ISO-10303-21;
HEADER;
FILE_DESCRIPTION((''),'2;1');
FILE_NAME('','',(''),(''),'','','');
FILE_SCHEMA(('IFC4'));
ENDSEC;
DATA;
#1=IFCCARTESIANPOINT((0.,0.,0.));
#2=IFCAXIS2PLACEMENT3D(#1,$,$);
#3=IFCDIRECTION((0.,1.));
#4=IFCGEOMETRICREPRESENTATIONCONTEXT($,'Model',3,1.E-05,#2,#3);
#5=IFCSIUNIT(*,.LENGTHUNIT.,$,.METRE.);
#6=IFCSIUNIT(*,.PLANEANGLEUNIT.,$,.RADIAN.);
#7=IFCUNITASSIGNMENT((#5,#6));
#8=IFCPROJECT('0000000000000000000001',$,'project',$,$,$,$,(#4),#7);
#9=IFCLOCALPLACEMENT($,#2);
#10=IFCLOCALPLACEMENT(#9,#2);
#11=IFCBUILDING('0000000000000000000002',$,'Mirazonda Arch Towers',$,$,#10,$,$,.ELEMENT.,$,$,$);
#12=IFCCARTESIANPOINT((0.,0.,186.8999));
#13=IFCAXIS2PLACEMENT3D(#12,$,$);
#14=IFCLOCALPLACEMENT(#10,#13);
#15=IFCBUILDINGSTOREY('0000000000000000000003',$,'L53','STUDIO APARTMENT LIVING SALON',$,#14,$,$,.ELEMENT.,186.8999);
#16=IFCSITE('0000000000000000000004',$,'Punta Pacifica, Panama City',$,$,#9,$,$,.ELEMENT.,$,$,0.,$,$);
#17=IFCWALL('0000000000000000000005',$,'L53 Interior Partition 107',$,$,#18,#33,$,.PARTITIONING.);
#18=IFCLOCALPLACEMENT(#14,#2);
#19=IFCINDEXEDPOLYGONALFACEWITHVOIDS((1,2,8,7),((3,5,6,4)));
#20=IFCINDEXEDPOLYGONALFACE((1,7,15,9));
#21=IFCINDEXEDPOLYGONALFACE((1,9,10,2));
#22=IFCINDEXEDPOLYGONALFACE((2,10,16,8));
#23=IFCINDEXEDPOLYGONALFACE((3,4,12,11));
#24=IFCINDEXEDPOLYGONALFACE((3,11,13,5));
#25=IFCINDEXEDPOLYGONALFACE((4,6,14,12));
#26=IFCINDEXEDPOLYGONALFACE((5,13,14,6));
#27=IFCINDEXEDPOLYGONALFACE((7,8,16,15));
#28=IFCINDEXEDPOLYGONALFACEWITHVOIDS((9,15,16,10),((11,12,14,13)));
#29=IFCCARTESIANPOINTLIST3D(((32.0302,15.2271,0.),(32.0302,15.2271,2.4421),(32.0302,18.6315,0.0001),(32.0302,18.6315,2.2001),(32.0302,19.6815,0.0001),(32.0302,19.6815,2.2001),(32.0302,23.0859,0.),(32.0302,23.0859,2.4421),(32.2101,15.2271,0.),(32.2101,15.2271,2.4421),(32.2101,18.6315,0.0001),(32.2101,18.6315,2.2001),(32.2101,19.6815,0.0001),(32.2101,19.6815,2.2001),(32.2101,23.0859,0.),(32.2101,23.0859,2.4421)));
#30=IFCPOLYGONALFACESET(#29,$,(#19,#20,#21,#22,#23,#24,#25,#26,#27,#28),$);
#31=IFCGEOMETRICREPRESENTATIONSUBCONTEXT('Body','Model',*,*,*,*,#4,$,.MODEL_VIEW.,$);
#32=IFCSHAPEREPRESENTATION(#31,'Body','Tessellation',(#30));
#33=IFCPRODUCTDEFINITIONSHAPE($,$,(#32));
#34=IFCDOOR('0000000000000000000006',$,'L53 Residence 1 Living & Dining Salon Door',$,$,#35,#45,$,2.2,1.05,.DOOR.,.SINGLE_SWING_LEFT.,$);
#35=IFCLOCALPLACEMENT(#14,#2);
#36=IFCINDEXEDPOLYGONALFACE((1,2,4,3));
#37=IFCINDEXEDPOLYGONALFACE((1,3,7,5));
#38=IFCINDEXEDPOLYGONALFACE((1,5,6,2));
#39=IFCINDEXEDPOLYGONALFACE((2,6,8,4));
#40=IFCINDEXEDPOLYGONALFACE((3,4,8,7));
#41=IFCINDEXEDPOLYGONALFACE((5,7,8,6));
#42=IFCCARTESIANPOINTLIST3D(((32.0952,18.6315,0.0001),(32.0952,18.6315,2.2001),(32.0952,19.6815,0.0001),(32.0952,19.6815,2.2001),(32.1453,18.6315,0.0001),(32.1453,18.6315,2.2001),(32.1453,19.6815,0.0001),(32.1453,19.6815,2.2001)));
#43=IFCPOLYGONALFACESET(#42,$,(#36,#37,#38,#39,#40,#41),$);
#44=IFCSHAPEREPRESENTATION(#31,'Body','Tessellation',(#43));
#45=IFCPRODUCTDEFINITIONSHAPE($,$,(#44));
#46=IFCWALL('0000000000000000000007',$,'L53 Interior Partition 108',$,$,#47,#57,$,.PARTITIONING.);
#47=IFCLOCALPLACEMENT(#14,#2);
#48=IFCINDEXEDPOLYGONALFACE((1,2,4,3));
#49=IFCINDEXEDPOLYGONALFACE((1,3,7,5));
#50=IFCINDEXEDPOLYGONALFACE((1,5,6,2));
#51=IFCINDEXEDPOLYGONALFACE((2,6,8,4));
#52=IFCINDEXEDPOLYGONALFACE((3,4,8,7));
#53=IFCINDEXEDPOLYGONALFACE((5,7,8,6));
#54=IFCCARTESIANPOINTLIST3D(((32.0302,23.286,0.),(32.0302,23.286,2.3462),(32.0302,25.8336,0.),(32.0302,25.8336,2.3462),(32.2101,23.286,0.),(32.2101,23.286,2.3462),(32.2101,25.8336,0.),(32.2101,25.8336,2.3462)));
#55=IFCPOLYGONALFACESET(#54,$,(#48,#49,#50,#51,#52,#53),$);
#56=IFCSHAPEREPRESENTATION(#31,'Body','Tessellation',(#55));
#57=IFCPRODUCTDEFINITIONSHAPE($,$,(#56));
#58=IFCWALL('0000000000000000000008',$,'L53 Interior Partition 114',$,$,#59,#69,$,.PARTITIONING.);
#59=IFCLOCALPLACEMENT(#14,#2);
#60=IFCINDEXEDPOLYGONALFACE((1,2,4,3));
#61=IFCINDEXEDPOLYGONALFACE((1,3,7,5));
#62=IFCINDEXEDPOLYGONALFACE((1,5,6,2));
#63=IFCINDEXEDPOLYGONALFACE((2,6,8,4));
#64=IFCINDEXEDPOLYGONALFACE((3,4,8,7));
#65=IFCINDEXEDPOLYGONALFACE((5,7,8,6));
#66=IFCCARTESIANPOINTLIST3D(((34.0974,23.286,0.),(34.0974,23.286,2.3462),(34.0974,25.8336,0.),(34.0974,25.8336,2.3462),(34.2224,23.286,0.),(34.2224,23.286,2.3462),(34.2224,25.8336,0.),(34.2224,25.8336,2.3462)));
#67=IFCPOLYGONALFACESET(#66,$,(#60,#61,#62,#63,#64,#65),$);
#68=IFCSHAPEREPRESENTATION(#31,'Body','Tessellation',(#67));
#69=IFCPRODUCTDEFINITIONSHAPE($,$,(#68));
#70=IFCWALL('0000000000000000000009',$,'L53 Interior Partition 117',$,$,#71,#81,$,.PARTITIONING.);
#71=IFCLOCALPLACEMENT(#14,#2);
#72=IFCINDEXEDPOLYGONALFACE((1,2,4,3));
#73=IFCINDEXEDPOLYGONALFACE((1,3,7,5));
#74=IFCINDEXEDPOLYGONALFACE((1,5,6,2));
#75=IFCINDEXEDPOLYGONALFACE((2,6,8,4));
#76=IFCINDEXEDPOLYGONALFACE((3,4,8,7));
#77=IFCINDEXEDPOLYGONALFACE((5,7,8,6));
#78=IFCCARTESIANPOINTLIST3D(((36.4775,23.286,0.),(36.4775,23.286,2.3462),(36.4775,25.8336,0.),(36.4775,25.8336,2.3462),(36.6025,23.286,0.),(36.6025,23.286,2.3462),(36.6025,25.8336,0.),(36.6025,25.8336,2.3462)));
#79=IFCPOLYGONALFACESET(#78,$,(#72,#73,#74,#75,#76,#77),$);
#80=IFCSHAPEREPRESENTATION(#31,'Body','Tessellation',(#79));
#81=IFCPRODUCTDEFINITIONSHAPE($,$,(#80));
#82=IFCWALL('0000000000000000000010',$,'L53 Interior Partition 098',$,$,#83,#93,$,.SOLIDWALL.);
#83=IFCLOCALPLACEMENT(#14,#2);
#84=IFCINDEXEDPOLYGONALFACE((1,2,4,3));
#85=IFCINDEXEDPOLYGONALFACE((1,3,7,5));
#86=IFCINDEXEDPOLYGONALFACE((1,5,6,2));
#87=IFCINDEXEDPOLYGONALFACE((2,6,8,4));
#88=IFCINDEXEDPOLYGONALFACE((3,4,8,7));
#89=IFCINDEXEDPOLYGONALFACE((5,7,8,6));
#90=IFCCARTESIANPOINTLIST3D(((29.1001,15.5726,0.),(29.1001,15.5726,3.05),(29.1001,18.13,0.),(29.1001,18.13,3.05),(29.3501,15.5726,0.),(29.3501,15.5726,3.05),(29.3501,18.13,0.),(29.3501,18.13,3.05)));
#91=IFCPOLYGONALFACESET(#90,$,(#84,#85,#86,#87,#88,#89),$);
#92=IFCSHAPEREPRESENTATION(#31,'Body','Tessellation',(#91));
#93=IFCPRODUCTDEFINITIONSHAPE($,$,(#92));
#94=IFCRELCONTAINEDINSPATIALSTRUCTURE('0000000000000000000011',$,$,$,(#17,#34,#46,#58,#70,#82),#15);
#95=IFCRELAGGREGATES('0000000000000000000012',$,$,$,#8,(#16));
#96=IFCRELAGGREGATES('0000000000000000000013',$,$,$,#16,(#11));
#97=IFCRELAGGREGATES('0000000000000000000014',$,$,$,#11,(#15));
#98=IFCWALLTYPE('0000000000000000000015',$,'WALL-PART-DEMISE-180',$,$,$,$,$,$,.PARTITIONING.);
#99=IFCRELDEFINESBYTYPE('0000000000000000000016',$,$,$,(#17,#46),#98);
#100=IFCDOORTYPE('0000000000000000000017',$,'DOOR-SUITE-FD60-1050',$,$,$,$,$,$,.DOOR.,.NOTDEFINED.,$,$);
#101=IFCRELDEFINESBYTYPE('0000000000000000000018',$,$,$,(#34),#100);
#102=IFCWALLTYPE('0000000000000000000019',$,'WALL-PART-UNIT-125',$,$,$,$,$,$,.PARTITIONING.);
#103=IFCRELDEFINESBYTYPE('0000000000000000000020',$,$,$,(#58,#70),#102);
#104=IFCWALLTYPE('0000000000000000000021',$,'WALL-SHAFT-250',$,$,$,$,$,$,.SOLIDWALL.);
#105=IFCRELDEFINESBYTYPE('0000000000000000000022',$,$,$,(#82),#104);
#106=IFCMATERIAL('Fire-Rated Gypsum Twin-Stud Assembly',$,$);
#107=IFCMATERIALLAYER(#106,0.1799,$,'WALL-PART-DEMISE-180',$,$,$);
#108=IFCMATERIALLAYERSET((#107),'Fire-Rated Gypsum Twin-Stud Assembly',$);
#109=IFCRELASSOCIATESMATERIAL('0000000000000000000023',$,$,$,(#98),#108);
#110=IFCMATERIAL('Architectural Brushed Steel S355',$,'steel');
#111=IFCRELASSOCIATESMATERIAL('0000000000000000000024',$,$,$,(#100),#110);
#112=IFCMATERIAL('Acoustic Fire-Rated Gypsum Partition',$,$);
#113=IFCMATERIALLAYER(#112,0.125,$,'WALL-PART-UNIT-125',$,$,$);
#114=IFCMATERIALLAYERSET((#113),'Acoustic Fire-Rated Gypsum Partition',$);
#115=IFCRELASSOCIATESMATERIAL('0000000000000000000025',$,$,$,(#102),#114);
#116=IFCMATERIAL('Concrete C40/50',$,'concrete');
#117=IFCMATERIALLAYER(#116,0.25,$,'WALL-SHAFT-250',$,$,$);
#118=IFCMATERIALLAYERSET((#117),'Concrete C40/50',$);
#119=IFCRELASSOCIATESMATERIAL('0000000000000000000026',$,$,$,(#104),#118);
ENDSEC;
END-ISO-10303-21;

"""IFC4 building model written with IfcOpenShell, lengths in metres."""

from ifc_helpers import new_model, si_unit, direction, frame, frame_2d, origin, place, context, subcontext, project, spatial, rectangle, extrude, material, layer, layer_set, type_object, element, fill, save


model = new_model("IFC4")

# Units and contexts
model_context = context("Model", 3, precision=1e-05, world=origin(), true_north=direction((0.0, 1.0)))
body_context = subcontext(model_context, "Body", "Model", "MODEL_VIEW")
ifc_project = project(units=[si_unit("LENGTHUNIT", "METRE"), si_unit("PLANEANGLEUNIT", "RADIAN")], contexts=[model_context])

# Site, building, storey
site_placement = place(None, origin())
site = spatial("IfcSite", under=ifc_project, at=site_placement, Name="Punta Pacifica, Panama City", CompositionType="ELEMENT", RefElevation=0.0)
building_placement = place(site_placement, origin())
building = spatial("IfcBuilding", under=site, at=building_placement, Name="Mirazonda Arch Towers", CompositionType="ELEMENT")
storey_placement = place(building_placement, frame((0.0, 0.0, 186.8999)))
storey = spatial("IfcBuildingStorey", under=building, at=storey_placement, Name="L53", Description="STUDIO APARTMENT LIVING SALON", CompositionType="ELEMENT", Elevation=186.8999)

# Shared definitions
ifc_material_1 = material(Name="Fire-Rated Gypsum Twin-Stud Assembly")
ifc_layer_1 = layer(ifc_material_1, 0.1799, Name="WALL-PART-DEMISE-180")
ifc_layer_set_1 = layer_set([ifc_layer_1], Name="Fire-Rated Gypsum Twin-Stud Assembly")
wall_type_1 = type_object("IfcWallType", Name="WALL-PART-DEMISE-180", PredefinedType="PARTITIONING", material=ifc_layer_set_1)
ifc_material_2 = material(Name="Architectural Brushed Steel S355", Category="steel")

# Wall, opening, door
wall_1_placement = place(storey_placement, frame((32.1201, 15.2271, 0.0), z_axis=(0.0, 0.0, 1.0), x_axis=(0.0, 1.0, 0.0)))
wall_1 = element("IfcWall", 1, at=wall_1_placement, inside=storey, type_object=wall_type_1, Name="L53 Interior Partition 107", PredefinedType="PARTITIONING", context=body_context, shape_type="SweptSolid", body=[
    extrude(rectangle(XDim=7.8589, YDim=0.1799, at=frame_2d((3.9294, 0.0))), origin(), (0.0, 0.0, 1.0), 2.4421),
])
opening_1_placement = place(wall_1_placement, frame((3.4045, 0.0, 0.0)))
opening_1 = element("IfcOpeningElement", 2, at=opening_1_placement, cuts=wall_1, PredefinedType="OPENING", context=body_context, shape_type="SweptSolid", body=[
    extrude(rectangle(XDim=1.05, YDim=2.2, at=frame_2d((0.5249, 1.1001))), frame((0.0, 0.0999, 0.0), z_axis=(0.0, -1.0, 0.0), x_axis=(1.0, 0.0, 0.0)), (0.0, 0.0, 1.0), 0.2),
])
door_type_1 = type_object("IfcDoorType", Name="DOOR-SUITE-FD60-1050", OperationType="NOTDEFINED", PredefinedType="DOOR", material=ifc_material_2)
door_1_placement = place(opening_1_placement, origin())
door_1 = element("IfcDoor", 3, at=door_1_placement, inside=storey, type_object=door_type_1, Name="L53 Residence 1 Living & Dining Salon Door", OperationType="SINGLE_SWING_LEFT", OverallHeight=2.2, OverallWidth=1.05, PredefinedType="DOOR", context=body_context, shape_type="SweptSolid", body=[
    extrude(rectangle(XDim=1.05, YDim=2.2, at=frame_2d((0.5249, 1.1001))), frame((0.0, 0.0249, 0.0), z_axis=(0.0, -1.0, 0.0), x_axis=(1.0, 0.0, 0.0)), (0.0, 0.0, 1.0), 0.05),
])
fill(opening_1, door_1)

# Walls
wall_2_placement = place(storey_placement, frame((32.1201, 23.2859, 0.0), z_axis=(0.0, 0.0, 1.0), x_axis=(0.0, 1.0, 0.0)))
element("IfcWall", 4, at=wall_2_placement, inside=storey, type_object=wall_type_1, Name="L53 Interior Partition 108", PredefinedType="PARTITIONING", context=body_context, shape_type="SweptSolid", body=[
    extrude(rectangle(XDim=2.5476, YDim=0.1799, at=frame_2d((1.2739, 0.0))), origin(), (0.0, 0.0, 1.0), 2.3462),
])
ifc_material_3 = material(Name="Acoustic Fire-Rated Gypsum Partition")
ifc_layer_2 = layer(ifc_material_3, 0.125, Name="WALL-PART-UNIT-125")
ifc_layer_set_2 = layer_set([ifc_layer_2], Name="Acoustic Fire-Rated Gypsum Partition")
wall_type_2 = type_object("IfcWallType", Name="WALL-PART-UNIT-125", PredefinedType="PARTITIONING", material=ifc_layer_set_2)
for number, where, z_axis, x_axis, name in (
    (5, (34.1599, 23.2859, 0.0), (0.0, 0.0, 1.0), (0.0, 1.0, 0.0), "L53 Interior Partition 114"),
    (6, (36.54, 23.2859, 0.0), (0.0, 0.0, 1.0), (0.0, 1.0, 0.0), "L53 Interior Partition 117"),
):
    element("IfcWall", number, at=place(storey_placement, frame(where, z_axis=z_axis, x_axis=x_axis)), inside=storey, type_object=wall_type_2, Name=name, PredefinedType="PARTITIONING", context=body_context, shape_type="SweptSolid", body=[
        extrude(rectangle(XDim=2.5476, YDim=0.125, at=frame_2d((1.2739, 0.0))), origin(), (0.0, 0.0, 1.0), 2.3462),
    ])
ifc_material_4 = material(Name="Concrete C40/50", Category="concrete")
ifc_layer_3 = layer(ifc_material_4, 0.25, Name="WALL-SHAFT-250")
ifc_layer_set_3 = layer_set([ifc_layer_3], Name="Concrete C40/50")
wall_type_3 = type_object("IfcWallType", Name="WALL-SHAFT-250", PredefinedType="SOLIDWALL", material=ifc_layer_set_3)
wall_3_placement = place(storey_placement, frame((29.2251, 15.5725, 0.0), z_axis=(0.0, 0.0, 1.0), x_axis=(0.0, 1.0, 0.0)))
element("IfcWall", 7, at=wall_3_placement, inside=storey, type_object=wall_type_3, Name="L53 Interior Partition 098", PredefinedType="SOLIDWALL", context=body_context, shape_type="SweptSolid", body=[
    extrude(rectangle(XDim=2.5574, YDim=0.25, at=frame_2d((1.2788, 0.0))), origin(), (0.0, 0.0, 1.0), 3.05),
])

save(model, "model.ifc")
